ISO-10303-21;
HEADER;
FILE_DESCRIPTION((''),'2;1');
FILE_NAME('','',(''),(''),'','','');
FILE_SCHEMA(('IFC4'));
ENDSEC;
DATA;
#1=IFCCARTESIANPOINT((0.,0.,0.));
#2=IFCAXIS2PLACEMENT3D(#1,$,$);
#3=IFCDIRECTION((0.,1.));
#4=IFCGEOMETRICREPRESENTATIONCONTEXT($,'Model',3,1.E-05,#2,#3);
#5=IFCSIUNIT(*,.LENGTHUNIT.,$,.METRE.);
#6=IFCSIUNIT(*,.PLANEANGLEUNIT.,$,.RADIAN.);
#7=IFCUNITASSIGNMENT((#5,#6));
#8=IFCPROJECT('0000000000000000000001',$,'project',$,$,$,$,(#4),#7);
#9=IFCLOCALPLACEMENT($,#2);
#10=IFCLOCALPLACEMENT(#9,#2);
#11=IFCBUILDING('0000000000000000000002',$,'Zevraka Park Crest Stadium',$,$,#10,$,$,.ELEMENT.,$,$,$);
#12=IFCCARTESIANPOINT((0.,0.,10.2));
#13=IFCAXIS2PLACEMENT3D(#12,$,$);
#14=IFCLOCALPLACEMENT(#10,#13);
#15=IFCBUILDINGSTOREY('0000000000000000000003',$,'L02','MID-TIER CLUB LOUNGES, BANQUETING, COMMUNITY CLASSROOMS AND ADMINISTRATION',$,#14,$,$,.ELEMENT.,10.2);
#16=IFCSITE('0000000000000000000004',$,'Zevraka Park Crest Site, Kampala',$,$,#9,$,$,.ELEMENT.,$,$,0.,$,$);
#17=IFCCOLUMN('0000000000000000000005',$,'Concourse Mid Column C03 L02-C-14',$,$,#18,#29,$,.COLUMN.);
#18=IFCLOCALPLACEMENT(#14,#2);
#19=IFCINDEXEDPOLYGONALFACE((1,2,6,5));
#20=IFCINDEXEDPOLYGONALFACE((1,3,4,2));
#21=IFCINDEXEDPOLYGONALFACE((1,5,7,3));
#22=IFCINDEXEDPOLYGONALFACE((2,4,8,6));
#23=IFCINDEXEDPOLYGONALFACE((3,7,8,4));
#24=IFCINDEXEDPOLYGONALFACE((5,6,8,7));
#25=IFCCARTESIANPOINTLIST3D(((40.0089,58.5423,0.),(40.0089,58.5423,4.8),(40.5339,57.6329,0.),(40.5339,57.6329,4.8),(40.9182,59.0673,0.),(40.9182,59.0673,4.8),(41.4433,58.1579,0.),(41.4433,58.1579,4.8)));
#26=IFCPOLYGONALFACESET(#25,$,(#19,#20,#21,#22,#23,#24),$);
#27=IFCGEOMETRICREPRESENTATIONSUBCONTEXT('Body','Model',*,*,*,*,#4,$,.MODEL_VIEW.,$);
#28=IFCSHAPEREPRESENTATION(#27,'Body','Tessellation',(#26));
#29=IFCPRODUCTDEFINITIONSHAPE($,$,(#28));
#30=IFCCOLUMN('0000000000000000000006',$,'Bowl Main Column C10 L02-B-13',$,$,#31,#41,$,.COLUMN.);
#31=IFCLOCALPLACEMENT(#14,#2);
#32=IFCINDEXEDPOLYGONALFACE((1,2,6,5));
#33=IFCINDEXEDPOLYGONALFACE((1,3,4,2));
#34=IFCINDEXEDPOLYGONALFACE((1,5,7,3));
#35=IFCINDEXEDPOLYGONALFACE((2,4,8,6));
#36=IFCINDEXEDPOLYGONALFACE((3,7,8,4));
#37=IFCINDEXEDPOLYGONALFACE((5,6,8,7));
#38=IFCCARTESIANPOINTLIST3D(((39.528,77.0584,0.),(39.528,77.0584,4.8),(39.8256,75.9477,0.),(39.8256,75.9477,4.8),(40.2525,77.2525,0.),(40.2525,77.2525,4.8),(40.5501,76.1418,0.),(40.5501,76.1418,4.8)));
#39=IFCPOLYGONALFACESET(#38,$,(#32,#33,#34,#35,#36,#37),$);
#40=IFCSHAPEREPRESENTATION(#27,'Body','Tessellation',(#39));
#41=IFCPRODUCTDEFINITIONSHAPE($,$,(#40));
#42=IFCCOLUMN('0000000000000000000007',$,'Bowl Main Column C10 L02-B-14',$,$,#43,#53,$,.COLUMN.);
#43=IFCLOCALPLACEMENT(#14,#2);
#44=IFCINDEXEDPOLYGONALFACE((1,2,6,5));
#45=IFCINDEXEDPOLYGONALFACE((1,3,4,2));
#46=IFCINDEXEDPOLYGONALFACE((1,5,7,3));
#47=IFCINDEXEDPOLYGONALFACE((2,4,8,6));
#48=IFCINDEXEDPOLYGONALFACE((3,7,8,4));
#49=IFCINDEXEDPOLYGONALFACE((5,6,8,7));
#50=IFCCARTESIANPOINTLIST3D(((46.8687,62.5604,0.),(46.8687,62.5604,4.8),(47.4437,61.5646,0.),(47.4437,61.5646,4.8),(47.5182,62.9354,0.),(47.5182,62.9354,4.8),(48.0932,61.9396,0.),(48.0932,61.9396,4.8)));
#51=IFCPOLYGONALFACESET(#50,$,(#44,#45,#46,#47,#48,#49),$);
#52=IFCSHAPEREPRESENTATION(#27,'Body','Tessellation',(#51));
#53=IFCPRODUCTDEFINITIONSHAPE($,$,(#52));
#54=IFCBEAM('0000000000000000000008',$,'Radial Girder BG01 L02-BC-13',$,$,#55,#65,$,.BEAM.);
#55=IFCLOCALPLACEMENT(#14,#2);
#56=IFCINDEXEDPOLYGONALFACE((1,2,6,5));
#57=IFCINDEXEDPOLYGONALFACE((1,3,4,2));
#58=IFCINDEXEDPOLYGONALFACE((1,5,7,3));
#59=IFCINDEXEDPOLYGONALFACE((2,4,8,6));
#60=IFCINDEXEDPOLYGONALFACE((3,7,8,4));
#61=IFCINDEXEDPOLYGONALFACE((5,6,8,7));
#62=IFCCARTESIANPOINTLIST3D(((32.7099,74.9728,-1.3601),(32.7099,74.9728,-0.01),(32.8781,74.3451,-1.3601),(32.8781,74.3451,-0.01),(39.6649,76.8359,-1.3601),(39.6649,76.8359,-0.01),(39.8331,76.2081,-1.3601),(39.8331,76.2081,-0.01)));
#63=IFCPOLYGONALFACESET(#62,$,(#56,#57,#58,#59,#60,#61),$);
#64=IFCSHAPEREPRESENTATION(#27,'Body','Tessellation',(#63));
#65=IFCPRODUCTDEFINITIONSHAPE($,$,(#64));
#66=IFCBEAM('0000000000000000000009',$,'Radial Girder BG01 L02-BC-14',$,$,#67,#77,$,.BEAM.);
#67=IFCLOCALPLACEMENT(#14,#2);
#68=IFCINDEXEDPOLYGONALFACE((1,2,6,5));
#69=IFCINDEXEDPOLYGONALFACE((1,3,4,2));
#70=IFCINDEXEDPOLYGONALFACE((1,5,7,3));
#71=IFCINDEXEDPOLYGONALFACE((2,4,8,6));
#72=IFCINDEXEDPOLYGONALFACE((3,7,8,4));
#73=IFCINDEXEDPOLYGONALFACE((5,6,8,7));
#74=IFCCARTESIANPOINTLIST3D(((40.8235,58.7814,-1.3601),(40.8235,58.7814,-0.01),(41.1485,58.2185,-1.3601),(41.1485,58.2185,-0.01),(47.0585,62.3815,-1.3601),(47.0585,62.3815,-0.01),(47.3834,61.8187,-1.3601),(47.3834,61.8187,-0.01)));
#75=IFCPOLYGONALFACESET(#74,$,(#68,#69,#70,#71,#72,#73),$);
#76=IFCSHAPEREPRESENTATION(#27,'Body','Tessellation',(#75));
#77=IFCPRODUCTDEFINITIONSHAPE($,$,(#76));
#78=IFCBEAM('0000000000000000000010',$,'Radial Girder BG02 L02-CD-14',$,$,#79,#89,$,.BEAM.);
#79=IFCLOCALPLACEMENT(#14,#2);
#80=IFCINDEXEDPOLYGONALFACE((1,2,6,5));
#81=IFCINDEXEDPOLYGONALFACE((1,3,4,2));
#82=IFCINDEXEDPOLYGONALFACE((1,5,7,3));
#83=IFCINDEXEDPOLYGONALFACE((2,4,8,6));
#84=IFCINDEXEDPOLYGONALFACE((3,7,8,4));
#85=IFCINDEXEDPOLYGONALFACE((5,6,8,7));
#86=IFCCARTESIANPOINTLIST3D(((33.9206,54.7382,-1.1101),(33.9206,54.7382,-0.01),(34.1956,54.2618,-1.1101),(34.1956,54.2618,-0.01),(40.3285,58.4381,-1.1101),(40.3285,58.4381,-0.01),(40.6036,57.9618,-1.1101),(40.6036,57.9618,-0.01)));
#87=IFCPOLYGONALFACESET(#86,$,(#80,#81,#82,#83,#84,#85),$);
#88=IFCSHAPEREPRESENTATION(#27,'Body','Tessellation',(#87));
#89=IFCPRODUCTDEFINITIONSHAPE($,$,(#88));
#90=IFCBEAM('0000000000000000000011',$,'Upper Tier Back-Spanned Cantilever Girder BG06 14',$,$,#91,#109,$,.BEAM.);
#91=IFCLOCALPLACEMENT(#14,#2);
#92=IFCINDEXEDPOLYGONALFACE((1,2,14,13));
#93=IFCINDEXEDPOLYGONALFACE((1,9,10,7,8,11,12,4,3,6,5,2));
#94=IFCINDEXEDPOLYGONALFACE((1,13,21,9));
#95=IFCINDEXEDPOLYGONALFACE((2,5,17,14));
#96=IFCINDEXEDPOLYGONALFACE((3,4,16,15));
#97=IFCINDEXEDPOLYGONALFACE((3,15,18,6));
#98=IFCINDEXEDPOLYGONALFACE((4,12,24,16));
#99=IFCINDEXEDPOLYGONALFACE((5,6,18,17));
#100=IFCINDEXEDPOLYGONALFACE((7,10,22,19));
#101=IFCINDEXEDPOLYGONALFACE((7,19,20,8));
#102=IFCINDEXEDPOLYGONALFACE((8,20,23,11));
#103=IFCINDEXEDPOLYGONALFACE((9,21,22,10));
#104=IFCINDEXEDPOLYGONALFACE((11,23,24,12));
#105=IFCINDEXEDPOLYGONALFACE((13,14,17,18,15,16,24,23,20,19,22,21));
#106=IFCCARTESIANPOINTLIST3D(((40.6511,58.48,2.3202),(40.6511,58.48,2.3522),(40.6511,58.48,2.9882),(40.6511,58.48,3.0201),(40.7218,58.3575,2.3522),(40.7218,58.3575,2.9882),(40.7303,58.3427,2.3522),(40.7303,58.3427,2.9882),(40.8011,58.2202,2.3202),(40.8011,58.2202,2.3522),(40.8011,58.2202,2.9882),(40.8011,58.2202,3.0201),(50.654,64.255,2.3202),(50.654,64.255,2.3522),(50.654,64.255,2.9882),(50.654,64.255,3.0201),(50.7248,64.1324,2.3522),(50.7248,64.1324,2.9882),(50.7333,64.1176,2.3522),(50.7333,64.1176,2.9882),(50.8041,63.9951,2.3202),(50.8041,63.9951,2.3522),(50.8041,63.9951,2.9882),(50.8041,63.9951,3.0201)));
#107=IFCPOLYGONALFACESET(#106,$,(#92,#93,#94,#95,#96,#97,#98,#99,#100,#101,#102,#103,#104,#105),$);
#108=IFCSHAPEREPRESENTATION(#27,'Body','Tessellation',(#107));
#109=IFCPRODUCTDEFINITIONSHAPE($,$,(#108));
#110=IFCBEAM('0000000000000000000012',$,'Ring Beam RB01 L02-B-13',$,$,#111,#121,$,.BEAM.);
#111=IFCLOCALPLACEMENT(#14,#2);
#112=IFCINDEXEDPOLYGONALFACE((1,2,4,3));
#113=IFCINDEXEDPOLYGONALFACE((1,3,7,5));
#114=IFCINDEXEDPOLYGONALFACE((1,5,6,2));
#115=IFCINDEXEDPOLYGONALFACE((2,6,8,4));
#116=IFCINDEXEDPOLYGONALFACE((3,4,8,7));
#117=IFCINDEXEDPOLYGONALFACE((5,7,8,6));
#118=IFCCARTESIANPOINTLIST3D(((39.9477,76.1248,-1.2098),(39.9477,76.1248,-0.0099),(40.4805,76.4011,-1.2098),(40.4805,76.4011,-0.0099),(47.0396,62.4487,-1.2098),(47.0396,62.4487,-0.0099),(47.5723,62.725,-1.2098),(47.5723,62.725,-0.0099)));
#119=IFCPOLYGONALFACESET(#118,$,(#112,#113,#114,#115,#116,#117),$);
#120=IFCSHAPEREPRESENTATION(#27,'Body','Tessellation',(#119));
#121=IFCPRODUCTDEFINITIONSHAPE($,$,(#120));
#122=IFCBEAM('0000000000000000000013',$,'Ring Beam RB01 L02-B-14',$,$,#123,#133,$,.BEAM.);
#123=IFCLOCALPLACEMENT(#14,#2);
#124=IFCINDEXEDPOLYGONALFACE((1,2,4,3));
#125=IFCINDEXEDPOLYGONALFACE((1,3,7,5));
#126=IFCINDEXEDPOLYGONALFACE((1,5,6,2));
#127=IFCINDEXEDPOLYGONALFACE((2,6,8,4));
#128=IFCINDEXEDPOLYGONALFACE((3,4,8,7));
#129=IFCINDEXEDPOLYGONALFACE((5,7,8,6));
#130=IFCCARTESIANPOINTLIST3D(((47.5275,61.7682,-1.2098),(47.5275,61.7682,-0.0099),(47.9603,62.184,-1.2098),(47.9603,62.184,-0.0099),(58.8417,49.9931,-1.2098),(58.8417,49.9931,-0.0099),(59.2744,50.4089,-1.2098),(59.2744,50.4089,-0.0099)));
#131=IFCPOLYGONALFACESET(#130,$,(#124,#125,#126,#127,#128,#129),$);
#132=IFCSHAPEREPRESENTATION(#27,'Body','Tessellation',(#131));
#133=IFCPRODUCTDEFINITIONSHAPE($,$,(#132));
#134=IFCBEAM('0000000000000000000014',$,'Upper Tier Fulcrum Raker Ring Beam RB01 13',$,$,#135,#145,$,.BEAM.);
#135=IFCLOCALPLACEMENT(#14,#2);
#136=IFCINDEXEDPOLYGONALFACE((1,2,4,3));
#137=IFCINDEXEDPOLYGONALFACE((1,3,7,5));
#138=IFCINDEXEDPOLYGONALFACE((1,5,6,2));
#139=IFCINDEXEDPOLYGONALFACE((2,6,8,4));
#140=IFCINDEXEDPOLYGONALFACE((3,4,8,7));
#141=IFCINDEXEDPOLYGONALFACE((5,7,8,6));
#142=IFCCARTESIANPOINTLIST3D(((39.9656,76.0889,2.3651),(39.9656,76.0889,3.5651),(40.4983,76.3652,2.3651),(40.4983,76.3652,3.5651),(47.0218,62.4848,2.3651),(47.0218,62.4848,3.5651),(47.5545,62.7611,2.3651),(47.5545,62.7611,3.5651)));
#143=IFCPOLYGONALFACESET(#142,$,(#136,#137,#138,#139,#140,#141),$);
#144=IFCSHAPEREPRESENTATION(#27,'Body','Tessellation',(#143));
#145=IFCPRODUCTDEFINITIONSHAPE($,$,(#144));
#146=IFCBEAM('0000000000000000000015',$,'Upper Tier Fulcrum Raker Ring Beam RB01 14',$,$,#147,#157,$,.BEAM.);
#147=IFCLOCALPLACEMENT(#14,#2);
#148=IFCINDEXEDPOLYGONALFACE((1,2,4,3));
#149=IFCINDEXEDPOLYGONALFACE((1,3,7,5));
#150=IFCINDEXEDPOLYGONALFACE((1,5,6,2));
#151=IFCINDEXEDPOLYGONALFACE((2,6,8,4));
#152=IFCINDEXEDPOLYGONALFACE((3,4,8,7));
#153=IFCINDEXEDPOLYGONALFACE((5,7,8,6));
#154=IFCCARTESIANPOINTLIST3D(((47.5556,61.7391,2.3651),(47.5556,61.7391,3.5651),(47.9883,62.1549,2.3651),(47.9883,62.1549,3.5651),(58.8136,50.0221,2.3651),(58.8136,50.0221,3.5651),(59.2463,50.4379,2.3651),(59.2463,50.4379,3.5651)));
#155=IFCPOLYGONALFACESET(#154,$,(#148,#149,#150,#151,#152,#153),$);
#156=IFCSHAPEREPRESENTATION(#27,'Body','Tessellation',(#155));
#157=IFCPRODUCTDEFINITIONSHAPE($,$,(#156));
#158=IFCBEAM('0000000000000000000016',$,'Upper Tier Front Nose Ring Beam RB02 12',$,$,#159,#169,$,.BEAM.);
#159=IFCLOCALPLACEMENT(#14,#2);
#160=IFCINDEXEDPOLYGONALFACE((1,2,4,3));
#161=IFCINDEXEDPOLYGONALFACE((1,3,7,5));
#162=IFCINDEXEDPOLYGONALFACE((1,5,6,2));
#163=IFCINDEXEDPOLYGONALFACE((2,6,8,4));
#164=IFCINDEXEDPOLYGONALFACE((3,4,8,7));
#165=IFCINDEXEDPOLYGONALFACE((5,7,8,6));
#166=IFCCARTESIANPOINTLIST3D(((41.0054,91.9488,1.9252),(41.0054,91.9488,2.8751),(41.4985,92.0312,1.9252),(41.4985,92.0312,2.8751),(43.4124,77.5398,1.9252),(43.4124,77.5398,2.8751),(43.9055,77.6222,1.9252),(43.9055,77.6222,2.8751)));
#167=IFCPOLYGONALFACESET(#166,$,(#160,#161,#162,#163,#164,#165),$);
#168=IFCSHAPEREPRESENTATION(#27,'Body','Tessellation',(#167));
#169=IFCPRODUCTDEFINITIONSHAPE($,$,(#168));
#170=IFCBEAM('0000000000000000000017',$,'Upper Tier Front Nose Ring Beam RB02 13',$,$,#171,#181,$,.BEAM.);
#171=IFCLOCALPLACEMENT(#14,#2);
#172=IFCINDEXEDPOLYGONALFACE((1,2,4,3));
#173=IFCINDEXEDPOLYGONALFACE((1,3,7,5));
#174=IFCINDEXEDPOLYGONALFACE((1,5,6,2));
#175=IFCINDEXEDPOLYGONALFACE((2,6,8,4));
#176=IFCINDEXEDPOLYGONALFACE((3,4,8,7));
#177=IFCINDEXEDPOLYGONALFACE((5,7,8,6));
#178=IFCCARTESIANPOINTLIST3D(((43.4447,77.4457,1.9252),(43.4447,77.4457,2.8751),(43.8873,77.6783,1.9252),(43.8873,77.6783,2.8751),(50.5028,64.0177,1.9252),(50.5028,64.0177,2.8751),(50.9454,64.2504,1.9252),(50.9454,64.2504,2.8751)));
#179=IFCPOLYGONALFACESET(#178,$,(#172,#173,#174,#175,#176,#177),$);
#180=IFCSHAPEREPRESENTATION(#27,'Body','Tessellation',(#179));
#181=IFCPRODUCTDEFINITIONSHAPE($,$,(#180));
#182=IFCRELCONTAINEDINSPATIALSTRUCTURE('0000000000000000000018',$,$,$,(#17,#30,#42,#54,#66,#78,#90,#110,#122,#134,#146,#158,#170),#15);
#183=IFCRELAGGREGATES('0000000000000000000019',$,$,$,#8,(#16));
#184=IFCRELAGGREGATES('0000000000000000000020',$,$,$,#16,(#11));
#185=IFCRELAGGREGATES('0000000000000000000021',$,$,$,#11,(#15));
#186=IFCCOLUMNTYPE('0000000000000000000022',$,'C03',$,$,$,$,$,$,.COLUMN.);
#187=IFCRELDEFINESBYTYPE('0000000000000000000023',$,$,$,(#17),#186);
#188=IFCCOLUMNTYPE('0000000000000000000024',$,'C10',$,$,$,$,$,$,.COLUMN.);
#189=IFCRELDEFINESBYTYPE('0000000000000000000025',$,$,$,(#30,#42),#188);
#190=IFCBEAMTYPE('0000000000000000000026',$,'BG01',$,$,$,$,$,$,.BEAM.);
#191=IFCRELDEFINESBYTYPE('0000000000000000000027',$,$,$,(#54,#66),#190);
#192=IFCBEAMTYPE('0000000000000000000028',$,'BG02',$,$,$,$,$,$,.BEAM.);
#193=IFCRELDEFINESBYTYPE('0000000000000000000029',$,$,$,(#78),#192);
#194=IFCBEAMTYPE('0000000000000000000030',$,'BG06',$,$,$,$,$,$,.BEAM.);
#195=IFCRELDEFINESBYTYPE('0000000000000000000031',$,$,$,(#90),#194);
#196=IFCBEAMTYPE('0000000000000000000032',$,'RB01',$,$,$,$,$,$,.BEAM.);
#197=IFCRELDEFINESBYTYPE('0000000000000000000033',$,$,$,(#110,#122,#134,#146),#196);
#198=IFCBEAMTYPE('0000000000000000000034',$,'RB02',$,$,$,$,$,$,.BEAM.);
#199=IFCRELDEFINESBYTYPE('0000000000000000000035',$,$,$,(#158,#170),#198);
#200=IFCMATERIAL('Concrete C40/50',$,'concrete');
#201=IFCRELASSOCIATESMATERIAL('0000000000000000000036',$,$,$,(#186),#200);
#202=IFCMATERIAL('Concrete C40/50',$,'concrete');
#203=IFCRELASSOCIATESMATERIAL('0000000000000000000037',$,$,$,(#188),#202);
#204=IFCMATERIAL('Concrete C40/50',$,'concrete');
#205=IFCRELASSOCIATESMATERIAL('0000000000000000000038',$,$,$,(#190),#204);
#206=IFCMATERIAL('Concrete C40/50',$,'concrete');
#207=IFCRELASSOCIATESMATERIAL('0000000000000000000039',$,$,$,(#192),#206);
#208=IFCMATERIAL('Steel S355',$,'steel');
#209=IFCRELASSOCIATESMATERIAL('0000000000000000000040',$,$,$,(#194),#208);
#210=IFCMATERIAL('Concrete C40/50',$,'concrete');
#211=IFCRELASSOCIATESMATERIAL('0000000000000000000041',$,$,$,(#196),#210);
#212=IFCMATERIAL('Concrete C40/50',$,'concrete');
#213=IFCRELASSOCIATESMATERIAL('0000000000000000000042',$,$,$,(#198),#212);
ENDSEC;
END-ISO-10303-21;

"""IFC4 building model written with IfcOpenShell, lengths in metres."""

from ifc_helpers import new_model, si_unit, direction, frame, origin, origin_2d, place, context, subcontext, project, spatial, rectangle, i_section, extrude, material, material_profile, profile_set, type_object, element, save


model = new_model("IFC4")

# Units and contexts
model_context = context("Model", 3, precision=1e-05, world=origin(), true_north=direction((0.0, 1.0)))
body_context = subcontext(model_context, "Body", "Model", "MODEL_VIEW")
ifc_project = project(units=[si_unit("LENGTHUNIT", "METRE"), si_unit("PLANEANGLEUNIT", "RADIAN")], contexts=[model_context])

# Site, building, storey
site_placement = place(None, origin())
site = spatial("IfcSite", under=ifc_project, at=site_placement, Name="Zevraka Park Crest Site, Kampala", CompositionType="ELEMENT", RefElevation=0.0)
building_placement = place(site_placement, origin())
building = spatial("IfcBuilding", under=site, at=building_placement, Name="Zevraka Park Crest Stadium", CompositionType="ELEMENT")
storey_placement = place(building_placement, frame((0.0, 0.0, 10.2)))
storey = spatial("IfcBuildingStorey", under=building, at=storey_placement, Name="L02", Description="MID-TIER CLUB LOUNGES, BANQUETING, COMMUNITY CLASSROOMS AND ADMINISTRATION", CompositionType="ELEMENT", Elevation=10.2)

# Columns
ifc_material_1 = material(Name="Concrete C40/50", Category="concrete")
ifc_material_profile_1 = material_profile(ifc_material_1, rectangle(XDim=1.05, YDim=1.05, at=origin_2d()), Name="RC 1050x1050")
ifc_profile_set_1 = profile_set([ifc_material_profile_1], Name="Concrete C40/50")
column_type_1 = type_object("IfcColumnType", Name="C03", PredefinedType="COLUMN", material=ifc_profile_set_1)
column_placement = place(storey_placement, frame((40.7261, 58.3501, 0.0), z_axis=(0.0, 0.0, 1.0), x_axis=(0.866025, 0.5, 0.0)))
element("IfcColumn", 1, at=column_placement, inside=storey, type_object=column_type_1, Name="Concourse Mid Column C03 L02-C-14", PredefinedType="COLUMN", context=body_context, shape_type="SweptSolid", body=[
    extrude(rectangle(XDim=1.05, YDim=1.05, at=origin_2d()), origin(), (0.0, 0.0, 1.0), 4.8),
])
ifc_material_2 = material(Name="Concrete C40/50", Category="concrete")
ifc_material_profile_2 = material_profile(ifc_material_2, rectangle(XDim=0.75, YDim=1.1499, at=origin_2d()), Name="RC 1150x750")
ifc_profile_set_2 = profile_set([ifc_material_profile_2], Name="Concrete C40/50")
column_type_2 = type_object("IfcColumnType", Name="C10", PredefinedType="COLUMN", material=ifc_profile_set_2)
for number, where, z_axis, x_axis, name in (
    (2, (40.0391, 76.6001, 0.0), (0.0, 0.0, 1.0), (0.965926, 0.258819, 0.0), "Bowl Main Column C10 L02-B-13"),
    (3, (47.481, 62.25, 0.0), (0.0, 0.0, 1.0), (0.866025, 0.5, 0.0), "Bowl Main Column C10 L02-B-14"),
):
    element("IfcColumn", number, at=place(storey_placement, frame(where, z_axis=z_axis, x_axis=x_axis)), inside=storey, type_object=column_type_2, Name=name, PredefinedType="COLUMN", context=body_context, shape_type="SweptSolid", body=[
        extrude(rectangle(XDim=0.75, YDim=1.1499, at=origin_2d()), origin(), (0.0, 0.0, 1.0), 4.8),
    ])

# Beams
ifc_material_3 = material(Name="Concrete C40/50", Category="concrete")
ifc_material_profile_3 = material_profile(ifc_material_3, rectangle(XDim=0.6499, YDim=1.3501, at=origin_2d()), Name="RC 1350x650")
ifc_profile_set_3 = profile_set([ifc_material_profile_3], Name="Concrete C40/50")
beam_type_1 = type_object("IfcBeamType", Name="BG01", PredefinedType="BEAM", material=ifc_profile_set_3)
beam_1_placement = place(storey_placement, frame((39.749, 76.522, -0.6851), z_axis=(-0.965946, -0.258745, 0.0), x_axis=(0.258745, -0.965946, 0.0)))
element("IfcBeam", 4, at=beam_1_placement, inside=storey, type_object=beam_type_1, Name="Radial Girder BG01 L02-BC-13", PredefinedType="BEAM", context=body_context, shape_type="SweptSolid", body=[
    extrude(rectangle(XDim=0.6499, YDim=1.3501, at=origin_2d()), origin(), (0.0, 0.0, 1.0), 7.2002),
])
beam_2_placement = place(storey_placement, frame((47.2209, 62.1001, -0.6851), z_axis=(-0.866001, -0.500041, 0.0), x_axis=(0.500041, -0.866001, 0.0)))
element("IfcBeam", 5, at=beam_2_placement, inside=storey, type_object=beam_type_1, Name="Radial Girder BG01 L02-BC-14", PredefinedType="BEAM", context=body_context, shape_type="SweptSolid", body=[
    extrude(rectangle(XDim=0.6499, YDim=1.3501, at=origin_2d()), origin(), (0.0, 0.0, 1.0), 7.1997),
])
ifc_material_4 = material(Name="Concrete C40/50", Category="concrete")
ifc_material_profile_4 = material_profile(ifc_material_4, rectangle(XDim=0.55, YDim=1.1001, at=origin_2d()), Name="RC 1100x550")
ifc_profile_set_4 = profile_set([ifc_material_profile_4], Name="Concrete C40/50")
beam_type_2 = type_object("IfcBeamType", Name="BG02", PredefinedType="BEAM", material=ifc_profile_set_4)
beam_3_placement = place(storey_placement, frame((40.4661, 58.2, -0.5601), z_axis=(-0.866007, -0.500032, 0.0), x_axis=(0.500032, -0.866007, 0.0)))
element("IfcBeam", 6, at=beam_3_placement, inside=storey, type_object=beam_type_2, Name="Radial Girder BG02 L02-CD-14", PredefinedType="BEAM", context=body_context, shape_type="SweptSolid", body=[
    extrude(rectangle(XDim=0.55, YDim=1.1001, at=origin_2d()), origin(), (0.0, 0.0, 1.0), 7.3994),
])
ifc_material_5 = material(Name="Steel S355", Category="steel")
ifc_material_profile_5 = material_profile(ifc_material_5, i_section(OverallWidth=0.3, OverallDepth=0.7, WebThickness=0.0171, FlangeThickness=0.032, at=origin_2d()), Name="HEB 700")
ifc_profile_set_5 = profile_set([ifc_material_profile_5], Name="Steel S355")
beam_type_3 = type_object("IfcBeamType", Name="BG06", PredefinedType="BEAM", material=ifc_profile_set_5)
beam_4_placement = place(storey_placement, frame((40.7261, 58.3501, 2.6702), z_axis=(0.866036, 0.499981, 0.0), x_axis=(-0.499981, 0.866036, 0.0)))
element("IfcBeam", 7, at=beam_4_placement, inside=storey, type_object=beam_type_3, Name="Upper Tier Back-Spanned Cantilever Girder BG06 14", PredefinedType="BEAM", context=body_context, shape_type="SweptSolid", body=[
    extrude(i_section(OverallWidth=0.3, OverallDepth=0.7, WebThickness=0.0171, FlangeThickness=0.032, at=origin_2d()), origin(), (0.0, 0.0, 1.0), 11.5503),
])
ifc_material_6 = material(Name="Concrete C40/50", Category="concrete")
ifc_material_profile_6 = material_profile(ifc_material_6, rectangle(XDim=0.6001, YDim=1.2, at=origin_2d()), Name="RC 1200x600")
ifc_profile_set_6 = profile_set([ifc_material_profile_6], Name="Concrete C40/50")
beam_type_4 = type_object("IfcBeamType", Name="RB01", PredefinedType="BEAM", material=ifc_profile_set_6)
beam_5_placement = place(storey_placement, frame((40.2141, 76.2629, -0.6099), z_axis=(0.460344, -0.887741, 0.0), x_axis=(0.887741, 0.460344, 0.0)))
element("IfcBeam", 8, at=beam_5_placement, inside=storey, type_object=beam_type_4, Name="Ring Beam RB01 L02-B-13", PredefinedType="BEAM", context=body_context, shape_type="SweptSolid", body=[
    extrude(rectangle(XDim=0.6001, YDim=1.2, at=origin_2d()), origin(), (0.0, 0.0, 1.0), 15.4055),
])
beam_6_placement = place(storey_placement, frame((47.7439, 61.9761, -0.6099), z_axis=(0.692853, -0.721079, 0.0), x_axis=(0.721079, 0.692853, 0.0)))
element("IfcBeam", 9, at=beam_6_placement, inside=storey, type_object=beam_type_4, Name="Ring Beam RB01 L02-B-14", PredefinedType="BEAM", context=body_context, shape_type="SweptSolid", body=[
    extrude(rectangle(XDim=0.6001, YDim=1.2, at=origin_2d()), origin(), (0.0, 0.0, 1.0), 16.3298),
])
beam_7_placement = place(storey_placement, frame((40.2319, 76.2271, 2.9651), z_axis=(0.460432, -0.887695, 0.0), x_axis=(0.887695, 0.460432, 0.0)))
element("IfcBeam", 10, at=beam_7_placement, inside=storey, type_object=beam_type_4, Name="Upper Tier Fulcrum Raker Ring Beam RB01 13", PredefinedType="BEAM", context=body_context, shape_type="SweptSolid", body=[
    extrude(rectangle(XDim=0.6001, YDim=1.2, at=origin_2d()), origin(), (0.0, 0.0, 1.0), 15.3252),
])
beam_8_placement = place(storey_placement, frame((47.772, 61.947, 2.9651), z_axis=(0.692842, -0.721089, 0.0), x_axis=(0.721089, 0.692842, 0.0)))
element("IfcBeam", 11, at=beam_8_placement, inside=storey, type_object=beam_type_4, Name="Upper Tier Fulcrum Raker Ring Beam RB01 14", PredefinedType="BEAM", context=body_context, shape_type="SweptSolid", body=[
    extrude(rectangle(XDim=0.6001, YDim=1.2, at=origin_2d()), origin(), (0.0, 0.0, 1.0), 16.249),
])
ifc_material_7 = material(Name="Concrete C40/50", Category="concrete")
ifc_material_profile_7 = material_profile(ifc_material_7, rectangle(XDim=0.5, YDim=0.95, at=origin_2d()), Name="RC 950x500")
ifc_profile_set_7 = profile_set([ifc_material_profile_7], Name="Concrete C40/50")
beam_type_5 = type_object("IfcBeamType", Name="RB02", PredefinedType="BEAM", material=ifc_profile_set_7)
beam_9_placement = place(storey_placement, frame((41.252, 91.99, 2.4001), z_axis=(0.164765, -0.986333, 0.0), x_axis=(0.986333, 0.164765, 0.0)))
element("IfcBeam", 12, at=beam_9_placement, inside=storey, type_object=beam_type_5, Name="Upper Tier Front Nose Ring Beam RB02 12", PredefinedType="BEAM", context=body_context, shape_type="SweptSolid", body=[
    extrude(rectangle(XDim=0.5, YDim=0.95, at=origin_2d()), origin(), (0.0, 0.0, 1.0), 14.6086),
])
beam_10_placement = place(storey_placement, frame((43.666, 77.562, 2.4001), z_axis=(0.465269, -0.885169, 0.0), x_axis=(0.885169, 0.465269, 0.0)))
element("IfcBeam", 13, at=beam_10_placement, inside=storey, type_object=beam_type_5, Name="Upper Tier Front Nose Ring Beam RB02 13", PredefinedType="BEAM", context=body_context, shape_type="SweptSolid", body=[
    extrude(rectangle(XDim=0.5, YDim=0.95, at=origin_2d()), origin(), (0.0, 0.0, 1.0), 15.1699),
])

save(model, "model.ifc")
